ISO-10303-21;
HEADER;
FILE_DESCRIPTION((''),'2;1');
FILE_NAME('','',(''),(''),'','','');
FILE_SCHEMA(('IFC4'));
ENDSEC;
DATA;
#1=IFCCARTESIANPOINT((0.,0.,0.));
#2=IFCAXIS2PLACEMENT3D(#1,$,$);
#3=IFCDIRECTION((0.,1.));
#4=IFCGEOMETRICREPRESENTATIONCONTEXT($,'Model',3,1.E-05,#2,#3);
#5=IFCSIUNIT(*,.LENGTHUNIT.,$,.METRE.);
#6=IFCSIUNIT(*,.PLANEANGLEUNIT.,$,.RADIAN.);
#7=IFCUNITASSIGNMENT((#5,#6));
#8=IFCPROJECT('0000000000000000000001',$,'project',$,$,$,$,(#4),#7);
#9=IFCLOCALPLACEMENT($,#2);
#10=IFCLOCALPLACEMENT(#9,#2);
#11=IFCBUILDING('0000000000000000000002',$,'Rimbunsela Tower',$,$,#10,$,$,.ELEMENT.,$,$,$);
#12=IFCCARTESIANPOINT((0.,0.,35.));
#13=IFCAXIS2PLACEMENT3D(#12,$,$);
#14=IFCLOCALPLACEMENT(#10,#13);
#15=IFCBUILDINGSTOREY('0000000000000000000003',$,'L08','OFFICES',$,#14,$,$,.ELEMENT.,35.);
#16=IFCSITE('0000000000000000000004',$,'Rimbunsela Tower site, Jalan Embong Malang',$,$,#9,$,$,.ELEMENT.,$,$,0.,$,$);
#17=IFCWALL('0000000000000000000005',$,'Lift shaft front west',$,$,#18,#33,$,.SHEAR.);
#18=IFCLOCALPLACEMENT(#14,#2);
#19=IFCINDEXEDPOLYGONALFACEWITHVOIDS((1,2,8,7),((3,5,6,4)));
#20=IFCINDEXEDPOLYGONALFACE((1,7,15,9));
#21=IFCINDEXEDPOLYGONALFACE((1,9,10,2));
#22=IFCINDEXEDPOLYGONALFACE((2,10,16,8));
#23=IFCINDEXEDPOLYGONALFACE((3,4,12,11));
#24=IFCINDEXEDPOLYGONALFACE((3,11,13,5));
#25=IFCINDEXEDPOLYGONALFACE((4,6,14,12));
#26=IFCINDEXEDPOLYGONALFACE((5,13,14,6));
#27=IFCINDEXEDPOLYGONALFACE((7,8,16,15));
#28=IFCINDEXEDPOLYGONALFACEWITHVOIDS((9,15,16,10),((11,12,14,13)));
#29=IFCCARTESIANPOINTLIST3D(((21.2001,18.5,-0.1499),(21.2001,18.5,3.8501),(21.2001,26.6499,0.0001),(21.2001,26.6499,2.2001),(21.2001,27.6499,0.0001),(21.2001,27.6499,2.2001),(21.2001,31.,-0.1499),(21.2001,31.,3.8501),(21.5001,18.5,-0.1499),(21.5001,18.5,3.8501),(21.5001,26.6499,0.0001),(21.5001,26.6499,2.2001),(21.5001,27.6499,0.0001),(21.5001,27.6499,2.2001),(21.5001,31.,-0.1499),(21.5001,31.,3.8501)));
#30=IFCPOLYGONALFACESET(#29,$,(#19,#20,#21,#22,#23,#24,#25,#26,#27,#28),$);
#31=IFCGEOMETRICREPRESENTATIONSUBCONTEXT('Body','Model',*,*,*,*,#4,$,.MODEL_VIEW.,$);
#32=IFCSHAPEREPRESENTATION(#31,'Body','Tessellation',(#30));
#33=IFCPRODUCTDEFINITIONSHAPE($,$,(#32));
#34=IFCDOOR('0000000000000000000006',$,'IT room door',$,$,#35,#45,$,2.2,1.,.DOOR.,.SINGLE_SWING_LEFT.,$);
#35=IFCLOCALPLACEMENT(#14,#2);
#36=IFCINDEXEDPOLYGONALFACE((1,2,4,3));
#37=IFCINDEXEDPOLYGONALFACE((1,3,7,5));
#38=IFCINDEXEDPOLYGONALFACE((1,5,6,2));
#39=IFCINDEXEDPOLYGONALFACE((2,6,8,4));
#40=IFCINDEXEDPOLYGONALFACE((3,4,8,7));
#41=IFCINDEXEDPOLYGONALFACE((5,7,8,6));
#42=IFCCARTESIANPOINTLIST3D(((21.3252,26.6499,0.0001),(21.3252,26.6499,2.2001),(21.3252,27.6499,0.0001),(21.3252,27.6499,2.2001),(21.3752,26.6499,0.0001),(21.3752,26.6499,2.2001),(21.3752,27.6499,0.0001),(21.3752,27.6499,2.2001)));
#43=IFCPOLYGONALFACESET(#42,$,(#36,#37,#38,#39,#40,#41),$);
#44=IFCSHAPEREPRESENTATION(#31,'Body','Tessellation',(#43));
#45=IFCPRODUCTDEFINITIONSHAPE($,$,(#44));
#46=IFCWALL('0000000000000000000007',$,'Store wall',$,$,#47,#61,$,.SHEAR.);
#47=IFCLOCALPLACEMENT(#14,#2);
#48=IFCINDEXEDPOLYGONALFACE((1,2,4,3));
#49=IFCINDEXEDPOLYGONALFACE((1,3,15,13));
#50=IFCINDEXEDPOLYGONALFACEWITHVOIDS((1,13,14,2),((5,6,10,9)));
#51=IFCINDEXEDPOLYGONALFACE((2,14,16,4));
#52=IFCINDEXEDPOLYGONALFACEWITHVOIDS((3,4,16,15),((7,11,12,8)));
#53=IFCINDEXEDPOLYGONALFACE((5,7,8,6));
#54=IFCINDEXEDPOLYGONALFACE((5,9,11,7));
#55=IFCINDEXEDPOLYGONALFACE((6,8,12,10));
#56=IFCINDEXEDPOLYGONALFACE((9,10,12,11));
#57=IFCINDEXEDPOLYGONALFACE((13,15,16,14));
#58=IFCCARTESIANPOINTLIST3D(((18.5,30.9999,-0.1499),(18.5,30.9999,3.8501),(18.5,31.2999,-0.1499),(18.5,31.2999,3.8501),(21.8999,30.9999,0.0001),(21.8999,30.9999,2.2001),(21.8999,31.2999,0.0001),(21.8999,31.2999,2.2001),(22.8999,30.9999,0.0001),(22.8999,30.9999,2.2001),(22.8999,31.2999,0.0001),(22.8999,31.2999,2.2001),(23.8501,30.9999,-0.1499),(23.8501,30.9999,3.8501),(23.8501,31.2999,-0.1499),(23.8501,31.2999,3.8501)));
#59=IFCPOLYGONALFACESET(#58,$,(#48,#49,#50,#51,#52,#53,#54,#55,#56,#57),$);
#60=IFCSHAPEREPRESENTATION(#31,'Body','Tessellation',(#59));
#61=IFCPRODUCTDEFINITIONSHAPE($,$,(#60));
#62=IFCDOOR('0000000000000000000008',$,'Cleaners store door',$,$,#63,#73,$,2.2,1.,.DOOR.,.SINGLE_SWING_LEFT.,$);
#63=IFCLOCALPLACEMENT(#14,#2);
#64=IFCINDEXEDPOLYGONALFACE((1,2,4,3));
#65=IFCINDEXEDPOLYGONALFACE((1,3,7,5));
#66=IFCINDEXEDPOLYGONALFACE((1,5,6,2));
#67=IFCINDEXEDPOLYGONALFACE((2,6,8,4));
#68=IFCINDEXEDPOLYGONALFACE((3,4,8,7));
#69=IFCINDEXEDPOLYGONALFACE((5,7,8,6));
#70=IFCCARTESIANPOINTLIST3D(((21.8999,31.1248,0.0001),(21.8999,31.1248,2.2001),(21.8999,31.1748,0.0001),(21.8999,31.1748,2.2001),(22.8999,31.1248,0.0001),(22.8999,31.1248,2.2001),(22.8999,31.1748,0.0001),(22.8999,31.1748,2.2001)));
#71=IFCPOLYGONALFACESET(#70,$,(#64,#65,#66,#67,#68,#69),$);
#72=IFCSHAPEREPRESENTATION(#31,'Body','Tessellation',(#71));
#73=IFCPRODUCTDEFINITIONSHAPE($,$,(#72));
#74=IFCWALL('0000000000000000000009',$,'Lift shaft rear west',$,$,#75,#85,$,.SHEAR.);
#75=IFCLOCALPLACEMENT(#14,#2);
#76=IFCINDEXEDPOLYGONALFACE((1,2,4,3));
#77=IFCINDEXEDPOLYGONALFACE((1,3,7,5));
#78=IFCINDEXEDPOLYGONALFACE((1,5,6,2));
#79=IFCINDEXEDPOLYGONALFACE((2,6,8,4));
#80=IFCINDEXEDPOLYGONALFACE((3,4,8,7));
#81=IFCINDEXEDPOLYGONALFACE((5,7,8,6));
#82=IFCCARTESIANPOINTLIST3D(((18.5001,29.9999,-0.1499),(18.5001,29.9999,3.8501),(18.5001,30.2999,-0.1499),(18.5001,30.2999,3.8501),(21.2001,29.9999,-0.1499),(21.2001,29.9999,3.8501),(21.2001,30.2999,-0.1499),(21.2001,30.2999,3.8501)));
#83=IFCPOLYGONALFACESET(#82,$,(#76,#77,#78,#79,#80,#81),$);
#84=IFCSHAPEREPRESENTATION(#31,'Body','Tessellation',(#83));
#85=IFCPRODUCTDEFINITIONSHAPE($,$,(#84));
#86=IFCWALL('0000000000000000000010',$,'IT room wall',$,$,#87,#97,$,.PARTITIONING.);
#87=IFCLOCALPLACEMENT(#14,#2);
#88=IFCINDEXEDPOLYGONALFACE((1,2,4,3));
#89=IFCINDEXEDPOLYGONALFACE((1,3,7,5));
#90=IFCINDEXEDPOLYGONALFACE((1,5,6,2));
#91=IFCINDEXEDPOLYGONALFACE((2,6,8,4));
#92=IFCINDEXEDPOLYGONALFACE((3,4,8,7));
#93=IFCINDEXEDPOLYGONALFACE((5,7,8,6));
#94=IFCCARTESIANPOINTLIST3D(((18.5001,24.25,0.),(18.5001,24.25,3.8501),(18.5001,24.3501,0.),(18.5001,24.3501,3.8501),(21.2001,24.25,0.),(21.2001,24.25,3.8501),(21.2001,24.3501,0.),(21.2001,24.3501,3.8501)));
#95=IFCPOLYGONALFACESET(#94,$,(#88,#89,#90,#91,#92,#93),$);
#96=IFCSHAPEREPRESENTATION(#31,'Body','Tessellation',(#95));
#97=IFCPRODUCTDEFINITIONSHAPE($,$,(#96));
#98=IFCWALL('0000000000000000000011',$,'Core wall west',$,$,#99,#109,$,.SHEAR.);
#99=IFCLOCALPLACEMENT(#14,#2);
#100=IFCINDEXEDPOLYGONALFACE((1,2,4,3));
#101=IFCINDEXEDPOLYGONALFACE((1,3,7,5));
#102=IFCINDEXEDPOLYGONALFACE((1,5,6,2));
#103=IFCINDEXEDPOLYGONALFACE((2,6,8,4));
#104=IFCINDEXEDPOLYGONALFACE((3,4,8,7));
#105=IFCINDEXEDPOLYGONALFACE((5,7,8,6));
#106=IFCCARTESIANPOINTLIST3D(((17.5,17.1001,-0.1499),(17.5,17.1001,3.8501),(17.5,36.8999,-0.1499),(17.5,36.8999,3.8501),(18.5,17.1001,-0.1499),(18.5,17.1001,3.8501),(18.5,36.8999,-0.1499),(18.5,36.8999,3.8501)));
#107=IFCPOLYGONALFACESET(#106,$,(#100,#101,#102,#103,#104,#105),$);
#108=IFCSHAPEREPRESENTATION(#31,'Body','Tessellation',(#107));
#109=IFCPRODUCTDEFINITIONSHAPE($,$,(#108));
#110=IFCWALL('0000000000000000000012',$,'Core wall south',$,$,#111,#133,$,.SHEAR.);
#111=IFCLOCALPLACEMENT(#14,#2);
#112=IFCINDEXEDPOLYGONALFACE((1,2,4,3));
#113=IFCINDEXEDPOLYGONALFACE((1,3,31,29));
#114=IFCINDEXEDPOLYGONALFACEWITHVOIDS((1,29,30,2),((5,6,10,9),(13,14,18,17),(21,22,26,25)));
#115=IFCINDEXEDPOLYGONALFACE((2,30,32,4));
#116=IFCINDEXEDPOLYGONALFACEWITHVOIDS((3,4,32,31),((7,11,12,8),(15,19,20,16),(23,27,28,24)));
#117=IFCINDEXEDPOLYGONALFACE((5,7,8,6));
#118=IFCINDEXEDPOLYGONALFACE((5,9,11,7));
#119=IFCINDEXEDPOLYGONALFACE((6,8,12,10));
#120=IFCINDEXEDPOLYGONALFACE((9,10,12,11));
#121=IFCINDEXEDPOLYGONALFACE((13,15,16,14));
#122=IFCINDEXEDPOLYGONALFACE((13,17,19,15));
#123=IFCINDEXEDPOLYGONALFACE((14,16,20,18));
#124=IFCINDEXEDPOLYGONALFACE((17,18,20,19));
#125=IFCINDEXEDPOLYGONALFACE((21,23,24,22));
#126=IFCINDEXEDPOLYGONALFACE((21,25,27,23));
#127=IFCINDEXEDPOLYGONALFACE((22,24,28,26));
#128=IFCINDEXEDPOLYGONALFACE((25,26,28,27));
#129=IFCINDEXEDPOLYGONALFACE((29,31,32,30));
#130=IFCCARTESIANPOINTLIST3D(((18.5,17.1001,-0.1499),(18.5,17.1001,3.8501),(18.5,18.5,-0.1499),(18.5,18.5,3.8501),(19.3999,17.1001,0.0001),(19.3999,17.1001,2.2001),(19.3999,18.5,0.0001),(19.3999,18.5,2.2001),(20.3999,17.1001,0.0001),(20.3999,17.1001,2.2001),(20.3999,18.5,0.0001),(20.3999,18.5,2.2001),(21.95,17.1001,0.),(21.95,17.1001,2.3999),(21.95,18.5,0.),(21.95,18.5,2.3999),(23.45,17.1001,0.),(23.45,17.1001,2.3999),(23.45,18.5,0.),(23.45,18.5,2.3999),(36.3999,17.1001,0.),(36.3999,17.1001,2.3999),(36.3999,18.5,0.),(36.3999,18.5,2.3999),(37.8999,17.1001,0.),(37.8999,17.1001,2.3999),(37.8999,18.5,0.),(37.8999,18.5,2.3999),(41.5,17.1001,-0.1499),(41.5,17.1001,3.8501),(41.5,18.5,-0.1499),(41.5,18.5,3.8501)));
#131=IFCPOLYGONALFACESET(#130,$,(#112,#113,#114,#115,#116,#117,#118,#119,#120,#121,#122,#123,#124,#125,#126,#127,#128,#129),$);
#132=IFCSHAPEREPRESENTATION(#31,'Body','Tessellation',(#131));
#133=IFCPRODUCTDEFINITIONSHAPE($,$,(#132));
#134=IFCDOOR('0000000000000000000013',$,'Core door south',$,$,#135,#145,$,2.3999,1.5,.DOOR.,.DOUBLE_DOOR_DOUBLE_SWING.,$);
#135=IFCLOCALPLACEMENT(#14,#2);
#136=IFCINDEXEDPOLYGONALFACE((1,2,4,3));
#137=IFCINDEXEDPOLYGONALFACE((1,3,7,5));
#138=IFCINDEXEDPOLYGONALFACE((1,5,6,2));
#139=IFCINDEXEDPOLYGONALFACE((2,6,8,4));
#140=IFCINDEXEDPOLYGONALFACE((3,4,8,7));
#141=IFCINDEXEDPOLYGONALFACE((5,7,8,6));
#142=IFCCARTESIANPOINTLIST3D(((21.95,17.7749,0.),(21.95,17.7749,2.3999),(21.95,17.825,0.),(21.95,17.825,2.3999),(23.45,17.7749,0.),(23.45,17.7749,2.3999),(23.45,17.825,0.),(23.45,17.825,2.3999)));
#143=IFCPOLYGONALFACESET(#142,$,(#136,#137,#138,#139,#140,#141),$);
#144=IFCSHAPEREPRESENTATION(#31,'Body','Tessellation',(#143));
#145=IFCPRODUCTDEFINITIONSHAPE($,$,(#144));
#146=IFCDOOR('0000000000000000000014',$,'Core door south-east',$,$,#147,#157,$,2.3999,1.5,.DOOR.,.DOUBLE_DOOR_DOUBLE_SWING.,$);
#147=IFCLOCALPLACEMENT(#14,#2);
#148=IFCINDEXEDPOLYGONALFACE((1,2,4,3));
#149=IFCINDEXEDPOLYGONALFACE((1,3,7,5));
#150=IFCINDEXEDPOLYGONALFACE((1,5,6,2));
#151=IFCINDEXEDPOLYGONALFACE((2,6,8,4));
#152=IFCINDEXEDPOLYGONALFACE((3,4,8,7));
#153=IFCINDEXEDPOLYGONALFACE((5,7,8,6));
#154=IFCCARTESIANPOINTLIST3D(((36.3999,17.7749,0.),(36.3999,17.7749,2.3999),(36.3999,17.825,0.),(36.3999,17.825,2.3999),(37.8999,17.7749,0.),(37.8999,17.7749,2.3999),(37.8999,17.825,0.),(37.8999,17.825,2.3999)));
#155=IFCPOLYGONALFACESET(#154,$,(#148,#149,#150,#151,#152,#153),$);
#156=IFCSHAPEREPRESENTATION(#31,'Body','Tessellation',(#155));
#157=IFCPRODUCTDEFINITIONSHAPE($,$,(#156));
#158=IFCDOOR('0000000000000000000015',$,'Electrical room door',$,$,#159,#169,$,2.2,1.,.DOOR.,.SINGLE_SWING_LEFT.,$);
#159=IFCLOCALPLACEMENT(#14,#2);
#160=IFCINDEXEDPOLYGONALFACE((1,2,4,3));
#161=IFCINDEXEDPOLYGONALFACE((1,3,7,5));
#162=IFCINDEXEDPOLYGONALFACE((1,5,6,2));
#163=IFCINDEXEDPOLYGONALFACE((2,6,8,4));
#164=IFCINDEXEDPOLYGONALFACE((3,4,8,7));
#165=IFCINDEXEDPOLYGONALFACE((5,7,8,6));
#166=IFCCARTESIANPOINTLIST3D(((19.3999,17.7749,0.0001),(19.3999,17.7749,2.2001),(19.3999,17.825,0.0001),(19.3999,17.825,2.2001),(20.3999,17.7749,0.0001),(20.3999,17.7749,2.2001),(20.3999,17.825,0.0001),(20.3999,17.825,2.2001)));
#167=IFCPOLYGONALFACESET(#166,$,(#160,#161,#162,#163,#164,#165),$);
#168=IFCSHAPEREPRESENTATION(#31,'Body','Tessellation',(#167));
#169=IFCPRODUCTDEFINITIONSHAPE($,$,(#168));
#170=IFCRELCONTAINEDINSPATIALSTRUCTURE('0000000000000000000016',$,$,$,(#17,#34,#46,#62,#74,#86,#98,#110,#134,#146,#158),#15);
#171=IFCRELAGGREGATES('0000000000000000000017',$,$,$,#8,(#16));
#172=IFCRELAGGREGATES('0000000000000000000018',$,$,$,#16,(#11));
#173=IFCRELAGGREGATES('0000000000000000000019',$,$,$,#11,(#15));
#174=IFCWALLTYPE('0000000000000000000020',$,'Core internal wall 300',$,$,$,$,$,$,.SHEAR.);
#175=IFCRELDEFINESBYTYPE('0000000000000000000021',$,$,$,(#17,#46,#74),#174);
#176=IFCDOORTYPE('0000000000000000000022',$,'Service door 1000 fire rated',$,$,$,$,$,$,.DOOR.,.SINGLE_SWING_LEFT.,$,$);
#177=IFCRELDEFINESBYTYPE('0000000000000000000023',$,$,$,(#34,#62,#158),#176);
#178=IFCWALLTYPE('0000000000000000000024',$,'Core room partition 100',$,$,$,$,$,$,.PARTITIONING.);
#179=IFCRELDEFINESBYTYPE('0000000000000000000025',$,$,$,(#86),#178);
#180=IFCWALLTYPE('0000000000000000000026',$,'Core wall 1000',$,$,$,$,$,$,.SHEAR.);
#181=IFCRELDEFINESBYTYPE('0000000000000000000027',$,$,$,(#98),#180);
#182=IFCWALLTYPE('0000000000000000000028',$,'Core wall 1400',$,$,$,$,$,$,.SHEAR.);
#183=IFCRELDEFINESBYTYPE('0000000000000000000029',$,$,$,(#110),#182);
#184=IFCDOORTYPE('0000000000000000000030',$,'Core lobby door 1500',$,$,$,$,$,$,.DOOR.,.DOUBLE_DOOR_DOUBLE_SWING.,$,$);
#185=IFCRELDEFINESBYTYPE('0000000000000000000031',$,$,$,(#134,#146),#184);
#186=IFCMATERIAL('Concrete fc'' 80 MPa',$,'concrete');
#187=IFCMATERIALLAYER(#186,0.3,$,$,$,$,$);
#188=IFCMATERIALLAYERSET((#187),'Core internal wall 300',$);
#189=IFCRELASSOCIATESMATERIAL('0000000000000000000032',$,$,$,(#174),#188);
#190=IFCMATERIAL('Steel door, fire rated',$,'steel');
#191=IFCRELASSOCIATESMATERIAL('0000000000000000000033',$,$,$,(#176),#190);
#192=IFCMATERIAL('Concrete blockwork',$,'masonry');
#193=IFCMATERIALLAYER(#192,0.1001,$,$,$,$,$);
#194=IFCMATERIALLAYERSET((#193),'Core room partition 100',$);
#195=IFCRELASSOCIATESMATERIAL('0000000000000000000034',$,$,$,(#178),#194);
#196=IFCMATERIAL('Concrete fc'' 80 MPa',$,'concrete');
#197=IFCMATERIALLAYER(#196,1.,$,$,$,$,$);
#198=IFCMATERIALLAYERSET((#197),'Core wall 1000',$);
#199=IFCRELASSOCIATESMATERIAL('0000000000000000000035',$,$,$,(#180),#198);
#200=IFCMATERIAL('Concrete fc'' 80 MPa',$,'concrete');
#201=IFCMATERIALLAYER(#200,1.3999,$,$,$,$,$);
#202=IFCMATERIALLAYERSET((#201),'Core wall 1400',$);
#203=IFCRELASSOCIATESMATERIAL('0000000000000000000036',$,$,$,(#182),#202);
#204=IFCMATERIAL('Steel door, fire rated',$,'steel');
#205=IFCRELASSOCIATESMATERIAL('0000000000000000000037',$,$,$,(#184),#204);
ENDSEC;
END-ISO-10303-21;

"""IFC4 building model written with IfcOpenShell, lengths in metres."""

from ifc_helpers import new_model, si_unit, direction, frame, frame_2d, origin, place, context, subcontext, project, spatial, rectangle, extrude, material, layer, layer_set, type_object, element, fill, save


model = new_model("IFC4")

# Units and contexts
model_context = context("Model", 3, precision=1e-05, world=origin(), true_north=direction((0.0, 1.0)))
body_context = subcontext(model_context, "Body", "Model", "MODEL_VIEW")
ifc_project = project(units=[si_unit("LENGTHUNIT", "METRE"), si_unit("PLANEANGLEUNIT", "RADIAN")], contexts=[model_context])

# Site, building, storey
site_placement = place(None, origin())
site = spatial("IfcSite", under=ifc_project, at=site_placement, Name="Rimbunsela Tower site, Jalan Embong Malang", CompositionType="ELEMENT", RefElevation=0.0)
building_placement = place(site_placement, origin())
building = spatial("IfcBuilding", under=site, at=building_placement, Name="Rimbunsela Tower", CompositionType="ELEMENT")
storey_placement = place(building_placement, frame((0.0, 0.0, 35.0)))
storey = spatial("IfcBuildingStorey", under=building, at=storey_placement, Name="L08", Description="OFFICES", CompositionType="ELEMENT", Elevation=35.0)

# Walls, openings, doors
ifc_material_1 = material(Name="Concrete fc' 80 MPa", Category="concrete")
ifc_layer_1 = layer(ifc_material_1, 0.3)
ifc_layer_set_1 = layer_set([ifc_layer_1], Name="Core internal wall 300")
wall_type_1 = type_object("IfcWallType", Name="Core internal wall 300", PredefinedType="SHEAR", material=ifc_layer_set_1)
wall_1_placement = place(storey_placement, frame((21.3501, 18.5, -0.1499), z_axis=(0.0, 0.0, 1.0), x_axis=(0.0, 1.0, 0.0)))
wall_1 = element("IfcWall", 1, at=wall_1_placement, inside=storey, type_object=wall_type_1, Name="Lift shaft front west", PredefinedType="SHEAR", context=body_context, shape_type="SweptSolid", body=[
    extrude(rectangle(XDim=12.5, YDim=0.3, at=frame_2d((6.25, 0.0))), origin(), (0.0, 0.0, 1.0), 4.0),
])
opening_1_placement = place(wall_1_placement, frame((8.1499, 0.0, 0.1499)))
opening_1 = element("IfcOpeningElement", 2, at=opening_1_placement, cuts=wall_1, PredefinedType="OPENING", context=body_context, shape_type="SweptSolid", body=[
    extrude(rectangle(XDim=1.0, YDim=2.2, at=frame_2d((0.5, 1.1001))), frame((0.0, 0.1599, 0.0), z_axis=(0.0, -1.0, 0.0), x_axis=(1.0, 0.0, 0.0)), (0.0, 0.0, 1.0), 0.3201),
])
ifc_material_2 = material(Name="Steel door, fire rated", Category="steel")
door_type_1 = type_object("IfcDoorType", Name="Service door 1000 fire rated", OperationType="SINGLE_SWING_LEFT", PredefinedType="DOOR", material=ifc_material_2)
door_1_placement = place(opening_1_placement, origin())
door_1 = element("IfcDoor", 3, at=door_1_placement, inside=storey, type_object=door_type_1, Name="IT room door", OperationType="SINGLE_SWING_LEFT", OverallHeight=2.2, OverallWidth=1.0, PredefinedType="DOOR", context=body_context, shape_type="SweptSolid", body=[
    extrude(rectangle(XDim=1.0, YDim=2.2, at=frame_2d((0.5, 1.1001))), frame((0.0, 0.0249, 0.0), z_axis=(0.0, -1.0, 0.0), x_axis=(1.0, 0.0, 0.0)), (0.0, 0.0, 1.0), 0.05),
])
fill(opening_1, door_1)
wall_2_placement = place(storey_placement, frame((18.5, 31.1499, -0.1499), z_axis=(0.0, 0.0, 1.0), x_axis=(1.0, 0.0, 0.0)))
wall_2 = element("IfcWall", 4, at=wall_2_placement, inside=storey, type_object=wall_type_1, Name="Store wall", PredefinedType="SHEAR", context=body_context, shape_type="SweptSolid", body=[
    extrude(rectangle(XDim=5.3501, YDim=0.3, at=frame_2d((2.675, 0.0))), origin(), (0.0, 0.0, 1.0), 4.0),
])
opening_2_placement = place(wall_2_placement, frame((3.3999, 0.0, 0.1499)))
opening_2 = element("IfcOpeningElement", 5, at=opening_2_placement, cuts=wall_2, PredefinedType="OPENING", context=body_context, shape_type="SweptSolid", body=[
    extrude(rectangle(XDim=1.0, YDim=2.2, at=frame_2d((0.5, 1.1001))), frame((0.0, 0.1599, 0.0), z_axis=(0.0, -1.0, 0.0), x_axis=(1.0, 0.0, 0.0)), (0.0, 0.0, 1.0), 0.3201),
])
door_2_placement = place(opening_2_placement, origin())
door_2 = element("IfcDoor", 6, at=door_2_placement, inside=storey, type_object=door_type_1, Name="Cleaners store door", OperationType="SINGLE_SWING_LEFT", OverallHeight=2.2, OverallWidth=1.0, PredefinedType="DOOR", context=body_context, shape_type="SweptSolid", body=[
    extrude(rectangle(XDim=1.0, YDim=2.2, at=frame_2d((0.5, 1.1001))), frame((0.0, 0.0249, 0.0), z_axis=(0.0, -1.0, 0.0), x_axis=(1.0, 0.0, 0.0)), (0.0, 0.0, 1.0), 0.05),
])
fill(opening_2, door_2)

# Walls
wall_3_placement = place(storey_placement, frame((18.5, 30.1499, -0.1499), z_axis=(0.0, 0.0, 1.0), x_axis=(1.0, 0.0, 0.0)))
element("IfcWall", 7, at=wall_3_placement, inside=storey, type_object=wall_type_1, Name="Lift shaft rear west", PredefinedType="SHEAR", context=body_context, shape_type="SweptSolid", body=[
    extrude(rectangle(XDim=2.7, YDim=0.3, at=frame_2d((1.3501, 0.0))), origin(), (0.0, 0.0, 1.0), 4.0),
])
ifc_material_3 = material(Name="Concrete blockwork", Category="masonry")
ifc_layer_2 = layer(ifc_material_3, 0.1001)
ifc_layer_set_2 = layer_set([ifc_layer_2], Name="Core room partition 100")
wall_type_2 = type_object("IfcWallType", Name="Core room partition 100", PredefinedType="PARTITIONING", material=ifc_layer_set_2)
wall_4_placement = place(storey_placement, frame((18.5, 24.3, 0.0), z_axis=(0.0, 0.0, 1.0), x_axis=(1.0, 0.0, 0.0)))
element("IfcWall", 8, at=wall_4_placement, inside=storey, type_object=wall_type_2, Name="IT room wall", PredefinedType="PARTITIONING", context=body_context, shape_type="SweptSolid", body=[
    extrude(rectangle(XDim=2.7, YDim=0.1001, at=frame_2d((1.3501, 0.0))), origin(), (0.0, 0.0, 1.0), 3.8501),
])
ifc_material_4 = material(Name="Concrete fc' 80 MPa", Category="concrete")
ifc_layer_3 = layer(ifc_material_4, 1.0)
ifc_layer_set_3 = layer_set([ifc_layer_3], Name="Core wall 1000")
wall_type_3 = type_object("IfcWallType", Name="Core wall 1000", PredefinedType="SHEAR", material=ifc_layer_set_3)
wall_5_placement = place(storey_placement, frame((18.0, 17.1001, -0.1499), z_axis=(0.0, 0.0, 1.0), x_axis=(0.0, 1.0, 0.0)))
element("IfcWall", 9, at=wall_5_placement, inside=storey, type_object=wall_type_3, Name="Core wall west", PredefinedType="SHEAR", context=body_context, shape_type="SweptSolid", body=[
    extrude(rectangle(XDim=19.7998, YDim=1.0, at=frame_2d((9.8999, 0.0))), origin(), (0.0, 0.0, 1.0), 4.0),
])

# Wall, openings, doors
ifc_material_5 = material(Name="Concrete fc' 80 MPa", Category="concrete")
ifc_layer_4 = layer(ifc_material_5, 1.3999)
ifc_layer_set_4 = layer_set([ifc_layer_4], Name="Core wall 1400")
wall_type_4 = type_object("IfcWallType", Name="Core wall 1400", PredefinedType="SHEAR", material=ifc_layer_set_4)
wall_6_placement = place(storey_placement, frame((18.5, 17.8, -0.1499), z_axis=(0.0, 0.0, 1.0), x_axis=(1.0, 0.0, 0.0)))
wall_6 = element("IfcWall", 10, at=wall_6_placement, inside=storey, type_object=wall_type_4, Name="Core wall south", PredefinedType="SHEAR", context=body_context, shape_type="SweptSolid", body=[
    extrude(rectangle(XDim=23.0, YDim=1.3999, at=frame_2d((11.5, 0.0))), origin(), (0.0, 0.0, 1.0), 4.0),
])
opening_3_placement = place(wall_6_placement, frame((3.45, 0.0, 0.1499)))
opening_3 = element("IfcOpeningElement", 11, at=opening_3_placement, cuts=wall_6, PredefinedType="OPENING", context=body_context, shape_type="SweptSolid", body=[
    extrude(rectangle(XDim=1.5, YDim=2.3999, at=frame_2d((0.75, 1.2))), frame((0.0, 0.71, 0.0), z_axis=(0.0, -1.0, 0.0), x_axis=(1.0, 0.0, 0.0)), (0.0, 0.0, 1.0), 1.4199),
])
opening_4_placement = place(wall_6_placement, frame((17.8999, 0.0, 0.1499)))
opening_4 = element("IfcOpeningElement", 12, at=opening_4_placement, cuts=wall_6, PredefinedType="OPENING", context=body_context, shape_type="SweptSolid", body=[
    extrude(rectangle(XDim=1.5, YDim=2.3999, at=frame_2d((0.75, 1.2))), frame((0.0, 0.71, 0.0), z_axis=(0.0, -1.0, 0.0), x_axis=(1.0, 0.0, 0.0)), (0.0, 0.0, 1.0), 1.4199),
])
opening_5_placement = place(wall_6_placement, frame((0.8999, 0.0, 0.1499)))
opening_5 = element("IfcOpeningElement", 13, at=opening_5_placement, cuts=wall_6, PredefinedType="OPENING", context=body_context, shape_type="SweptSolid", body=[
    extrude(rectangle(XDim=1.0, YDim=2.2, at=frame_2d((0.5, 1.1001))), frame((0.0, 0.71, 0.0), z_axis=(0.0, -1.0, 0.0), x_axis=(1.0, 0.0, 0.0)), (0.0, 0.0, 1.0), 1.4199),
])
ifc_material_6 = material(Name="Steel door, fire rated", Category="steel")
door_type_2 = type_object("IfcDoorType", Name="Core lobby door 1500", OperationType="DOUBLE_DOOR_DOUBLE_SWING", PredefinedType="DOOR", material=ifc_material_6)
door_3_placement = place(opening_3_placement, origin())
door_3 = element("IfcDoor", 14, at=door_3_placement, inside=storey, type_object=door_type_2, Name="Core door south", OperationType="DOUBLE_DOOR_DOUBLE_SWING", OverallHeight=2.3999, OverallWidth=1.5, PredefinedType="DOOR", context=body_context, shape_type="SweptSolid", body=[
    extrude(rectangle(XDim=1.5, YDim=2.3999, at=frame_2d((0.75, 1.2))), frame((0.0, 0.0249, 0.0), z_axis=(0.0, -1.0, 0.0), x_axis=(1.0, 0.0, 0.0)), (0.0, 0.0, 1.0), 0.05),
])
fill(opening_3, door_3)
door_4_placement = place(opening_4_placement, origin())
door_4 = element("IfcDoor", 15, at=door_4_placement, inside=storey, type_object=door_type_2, Name="Core door south-east", OperationType="DOUBLE_DOOR_DOUBLE_SWING", OverallHeight=2.3999, OverallWidth=1.5, PredefinedType="DOOR", context=body_context, shape_type="SweptSolid", body=[
    extrude(rectangle(XDim=1.5, YDim=2.3999, at=frame_2d((0.75, 1.2))), frame((0.0, 0.0249, 0.0), z_axis=(0.0, -1.0, 0.0), x_axis=(1.0, 0.0, 0.0)), (0.0, 0.0, 1.0), 0.05),
])
fill(opening_4, door_4)
door_5_placement = place(opening_5_placement, origin())
door_5 = element("IfcDoor", 16, at=door_5_placement, inside=storey, type_object=door_type_1, Name="Electrical room door", OperationType="SINGLE_SWING_LEFT", OverallHeight=2.2, OverallWidth=1.0, PredefinedType="DOOR", context=body_context, shape_type="SweptSolid", body=[
    extrude(rectangle(XDim=1.0, YDim=2.2, at=frame_2d((0.5, 1.1001))), frame((0.0, 0.0249, 0.0), z_axis=(0.0, -1.0, 0.0), x_axis=(1.0, 0.0, 0.0)), (0.0, 0.0, 1.0), 0.05),
])
fill(opening_5, door_5)

save(model, "model.ifc")
